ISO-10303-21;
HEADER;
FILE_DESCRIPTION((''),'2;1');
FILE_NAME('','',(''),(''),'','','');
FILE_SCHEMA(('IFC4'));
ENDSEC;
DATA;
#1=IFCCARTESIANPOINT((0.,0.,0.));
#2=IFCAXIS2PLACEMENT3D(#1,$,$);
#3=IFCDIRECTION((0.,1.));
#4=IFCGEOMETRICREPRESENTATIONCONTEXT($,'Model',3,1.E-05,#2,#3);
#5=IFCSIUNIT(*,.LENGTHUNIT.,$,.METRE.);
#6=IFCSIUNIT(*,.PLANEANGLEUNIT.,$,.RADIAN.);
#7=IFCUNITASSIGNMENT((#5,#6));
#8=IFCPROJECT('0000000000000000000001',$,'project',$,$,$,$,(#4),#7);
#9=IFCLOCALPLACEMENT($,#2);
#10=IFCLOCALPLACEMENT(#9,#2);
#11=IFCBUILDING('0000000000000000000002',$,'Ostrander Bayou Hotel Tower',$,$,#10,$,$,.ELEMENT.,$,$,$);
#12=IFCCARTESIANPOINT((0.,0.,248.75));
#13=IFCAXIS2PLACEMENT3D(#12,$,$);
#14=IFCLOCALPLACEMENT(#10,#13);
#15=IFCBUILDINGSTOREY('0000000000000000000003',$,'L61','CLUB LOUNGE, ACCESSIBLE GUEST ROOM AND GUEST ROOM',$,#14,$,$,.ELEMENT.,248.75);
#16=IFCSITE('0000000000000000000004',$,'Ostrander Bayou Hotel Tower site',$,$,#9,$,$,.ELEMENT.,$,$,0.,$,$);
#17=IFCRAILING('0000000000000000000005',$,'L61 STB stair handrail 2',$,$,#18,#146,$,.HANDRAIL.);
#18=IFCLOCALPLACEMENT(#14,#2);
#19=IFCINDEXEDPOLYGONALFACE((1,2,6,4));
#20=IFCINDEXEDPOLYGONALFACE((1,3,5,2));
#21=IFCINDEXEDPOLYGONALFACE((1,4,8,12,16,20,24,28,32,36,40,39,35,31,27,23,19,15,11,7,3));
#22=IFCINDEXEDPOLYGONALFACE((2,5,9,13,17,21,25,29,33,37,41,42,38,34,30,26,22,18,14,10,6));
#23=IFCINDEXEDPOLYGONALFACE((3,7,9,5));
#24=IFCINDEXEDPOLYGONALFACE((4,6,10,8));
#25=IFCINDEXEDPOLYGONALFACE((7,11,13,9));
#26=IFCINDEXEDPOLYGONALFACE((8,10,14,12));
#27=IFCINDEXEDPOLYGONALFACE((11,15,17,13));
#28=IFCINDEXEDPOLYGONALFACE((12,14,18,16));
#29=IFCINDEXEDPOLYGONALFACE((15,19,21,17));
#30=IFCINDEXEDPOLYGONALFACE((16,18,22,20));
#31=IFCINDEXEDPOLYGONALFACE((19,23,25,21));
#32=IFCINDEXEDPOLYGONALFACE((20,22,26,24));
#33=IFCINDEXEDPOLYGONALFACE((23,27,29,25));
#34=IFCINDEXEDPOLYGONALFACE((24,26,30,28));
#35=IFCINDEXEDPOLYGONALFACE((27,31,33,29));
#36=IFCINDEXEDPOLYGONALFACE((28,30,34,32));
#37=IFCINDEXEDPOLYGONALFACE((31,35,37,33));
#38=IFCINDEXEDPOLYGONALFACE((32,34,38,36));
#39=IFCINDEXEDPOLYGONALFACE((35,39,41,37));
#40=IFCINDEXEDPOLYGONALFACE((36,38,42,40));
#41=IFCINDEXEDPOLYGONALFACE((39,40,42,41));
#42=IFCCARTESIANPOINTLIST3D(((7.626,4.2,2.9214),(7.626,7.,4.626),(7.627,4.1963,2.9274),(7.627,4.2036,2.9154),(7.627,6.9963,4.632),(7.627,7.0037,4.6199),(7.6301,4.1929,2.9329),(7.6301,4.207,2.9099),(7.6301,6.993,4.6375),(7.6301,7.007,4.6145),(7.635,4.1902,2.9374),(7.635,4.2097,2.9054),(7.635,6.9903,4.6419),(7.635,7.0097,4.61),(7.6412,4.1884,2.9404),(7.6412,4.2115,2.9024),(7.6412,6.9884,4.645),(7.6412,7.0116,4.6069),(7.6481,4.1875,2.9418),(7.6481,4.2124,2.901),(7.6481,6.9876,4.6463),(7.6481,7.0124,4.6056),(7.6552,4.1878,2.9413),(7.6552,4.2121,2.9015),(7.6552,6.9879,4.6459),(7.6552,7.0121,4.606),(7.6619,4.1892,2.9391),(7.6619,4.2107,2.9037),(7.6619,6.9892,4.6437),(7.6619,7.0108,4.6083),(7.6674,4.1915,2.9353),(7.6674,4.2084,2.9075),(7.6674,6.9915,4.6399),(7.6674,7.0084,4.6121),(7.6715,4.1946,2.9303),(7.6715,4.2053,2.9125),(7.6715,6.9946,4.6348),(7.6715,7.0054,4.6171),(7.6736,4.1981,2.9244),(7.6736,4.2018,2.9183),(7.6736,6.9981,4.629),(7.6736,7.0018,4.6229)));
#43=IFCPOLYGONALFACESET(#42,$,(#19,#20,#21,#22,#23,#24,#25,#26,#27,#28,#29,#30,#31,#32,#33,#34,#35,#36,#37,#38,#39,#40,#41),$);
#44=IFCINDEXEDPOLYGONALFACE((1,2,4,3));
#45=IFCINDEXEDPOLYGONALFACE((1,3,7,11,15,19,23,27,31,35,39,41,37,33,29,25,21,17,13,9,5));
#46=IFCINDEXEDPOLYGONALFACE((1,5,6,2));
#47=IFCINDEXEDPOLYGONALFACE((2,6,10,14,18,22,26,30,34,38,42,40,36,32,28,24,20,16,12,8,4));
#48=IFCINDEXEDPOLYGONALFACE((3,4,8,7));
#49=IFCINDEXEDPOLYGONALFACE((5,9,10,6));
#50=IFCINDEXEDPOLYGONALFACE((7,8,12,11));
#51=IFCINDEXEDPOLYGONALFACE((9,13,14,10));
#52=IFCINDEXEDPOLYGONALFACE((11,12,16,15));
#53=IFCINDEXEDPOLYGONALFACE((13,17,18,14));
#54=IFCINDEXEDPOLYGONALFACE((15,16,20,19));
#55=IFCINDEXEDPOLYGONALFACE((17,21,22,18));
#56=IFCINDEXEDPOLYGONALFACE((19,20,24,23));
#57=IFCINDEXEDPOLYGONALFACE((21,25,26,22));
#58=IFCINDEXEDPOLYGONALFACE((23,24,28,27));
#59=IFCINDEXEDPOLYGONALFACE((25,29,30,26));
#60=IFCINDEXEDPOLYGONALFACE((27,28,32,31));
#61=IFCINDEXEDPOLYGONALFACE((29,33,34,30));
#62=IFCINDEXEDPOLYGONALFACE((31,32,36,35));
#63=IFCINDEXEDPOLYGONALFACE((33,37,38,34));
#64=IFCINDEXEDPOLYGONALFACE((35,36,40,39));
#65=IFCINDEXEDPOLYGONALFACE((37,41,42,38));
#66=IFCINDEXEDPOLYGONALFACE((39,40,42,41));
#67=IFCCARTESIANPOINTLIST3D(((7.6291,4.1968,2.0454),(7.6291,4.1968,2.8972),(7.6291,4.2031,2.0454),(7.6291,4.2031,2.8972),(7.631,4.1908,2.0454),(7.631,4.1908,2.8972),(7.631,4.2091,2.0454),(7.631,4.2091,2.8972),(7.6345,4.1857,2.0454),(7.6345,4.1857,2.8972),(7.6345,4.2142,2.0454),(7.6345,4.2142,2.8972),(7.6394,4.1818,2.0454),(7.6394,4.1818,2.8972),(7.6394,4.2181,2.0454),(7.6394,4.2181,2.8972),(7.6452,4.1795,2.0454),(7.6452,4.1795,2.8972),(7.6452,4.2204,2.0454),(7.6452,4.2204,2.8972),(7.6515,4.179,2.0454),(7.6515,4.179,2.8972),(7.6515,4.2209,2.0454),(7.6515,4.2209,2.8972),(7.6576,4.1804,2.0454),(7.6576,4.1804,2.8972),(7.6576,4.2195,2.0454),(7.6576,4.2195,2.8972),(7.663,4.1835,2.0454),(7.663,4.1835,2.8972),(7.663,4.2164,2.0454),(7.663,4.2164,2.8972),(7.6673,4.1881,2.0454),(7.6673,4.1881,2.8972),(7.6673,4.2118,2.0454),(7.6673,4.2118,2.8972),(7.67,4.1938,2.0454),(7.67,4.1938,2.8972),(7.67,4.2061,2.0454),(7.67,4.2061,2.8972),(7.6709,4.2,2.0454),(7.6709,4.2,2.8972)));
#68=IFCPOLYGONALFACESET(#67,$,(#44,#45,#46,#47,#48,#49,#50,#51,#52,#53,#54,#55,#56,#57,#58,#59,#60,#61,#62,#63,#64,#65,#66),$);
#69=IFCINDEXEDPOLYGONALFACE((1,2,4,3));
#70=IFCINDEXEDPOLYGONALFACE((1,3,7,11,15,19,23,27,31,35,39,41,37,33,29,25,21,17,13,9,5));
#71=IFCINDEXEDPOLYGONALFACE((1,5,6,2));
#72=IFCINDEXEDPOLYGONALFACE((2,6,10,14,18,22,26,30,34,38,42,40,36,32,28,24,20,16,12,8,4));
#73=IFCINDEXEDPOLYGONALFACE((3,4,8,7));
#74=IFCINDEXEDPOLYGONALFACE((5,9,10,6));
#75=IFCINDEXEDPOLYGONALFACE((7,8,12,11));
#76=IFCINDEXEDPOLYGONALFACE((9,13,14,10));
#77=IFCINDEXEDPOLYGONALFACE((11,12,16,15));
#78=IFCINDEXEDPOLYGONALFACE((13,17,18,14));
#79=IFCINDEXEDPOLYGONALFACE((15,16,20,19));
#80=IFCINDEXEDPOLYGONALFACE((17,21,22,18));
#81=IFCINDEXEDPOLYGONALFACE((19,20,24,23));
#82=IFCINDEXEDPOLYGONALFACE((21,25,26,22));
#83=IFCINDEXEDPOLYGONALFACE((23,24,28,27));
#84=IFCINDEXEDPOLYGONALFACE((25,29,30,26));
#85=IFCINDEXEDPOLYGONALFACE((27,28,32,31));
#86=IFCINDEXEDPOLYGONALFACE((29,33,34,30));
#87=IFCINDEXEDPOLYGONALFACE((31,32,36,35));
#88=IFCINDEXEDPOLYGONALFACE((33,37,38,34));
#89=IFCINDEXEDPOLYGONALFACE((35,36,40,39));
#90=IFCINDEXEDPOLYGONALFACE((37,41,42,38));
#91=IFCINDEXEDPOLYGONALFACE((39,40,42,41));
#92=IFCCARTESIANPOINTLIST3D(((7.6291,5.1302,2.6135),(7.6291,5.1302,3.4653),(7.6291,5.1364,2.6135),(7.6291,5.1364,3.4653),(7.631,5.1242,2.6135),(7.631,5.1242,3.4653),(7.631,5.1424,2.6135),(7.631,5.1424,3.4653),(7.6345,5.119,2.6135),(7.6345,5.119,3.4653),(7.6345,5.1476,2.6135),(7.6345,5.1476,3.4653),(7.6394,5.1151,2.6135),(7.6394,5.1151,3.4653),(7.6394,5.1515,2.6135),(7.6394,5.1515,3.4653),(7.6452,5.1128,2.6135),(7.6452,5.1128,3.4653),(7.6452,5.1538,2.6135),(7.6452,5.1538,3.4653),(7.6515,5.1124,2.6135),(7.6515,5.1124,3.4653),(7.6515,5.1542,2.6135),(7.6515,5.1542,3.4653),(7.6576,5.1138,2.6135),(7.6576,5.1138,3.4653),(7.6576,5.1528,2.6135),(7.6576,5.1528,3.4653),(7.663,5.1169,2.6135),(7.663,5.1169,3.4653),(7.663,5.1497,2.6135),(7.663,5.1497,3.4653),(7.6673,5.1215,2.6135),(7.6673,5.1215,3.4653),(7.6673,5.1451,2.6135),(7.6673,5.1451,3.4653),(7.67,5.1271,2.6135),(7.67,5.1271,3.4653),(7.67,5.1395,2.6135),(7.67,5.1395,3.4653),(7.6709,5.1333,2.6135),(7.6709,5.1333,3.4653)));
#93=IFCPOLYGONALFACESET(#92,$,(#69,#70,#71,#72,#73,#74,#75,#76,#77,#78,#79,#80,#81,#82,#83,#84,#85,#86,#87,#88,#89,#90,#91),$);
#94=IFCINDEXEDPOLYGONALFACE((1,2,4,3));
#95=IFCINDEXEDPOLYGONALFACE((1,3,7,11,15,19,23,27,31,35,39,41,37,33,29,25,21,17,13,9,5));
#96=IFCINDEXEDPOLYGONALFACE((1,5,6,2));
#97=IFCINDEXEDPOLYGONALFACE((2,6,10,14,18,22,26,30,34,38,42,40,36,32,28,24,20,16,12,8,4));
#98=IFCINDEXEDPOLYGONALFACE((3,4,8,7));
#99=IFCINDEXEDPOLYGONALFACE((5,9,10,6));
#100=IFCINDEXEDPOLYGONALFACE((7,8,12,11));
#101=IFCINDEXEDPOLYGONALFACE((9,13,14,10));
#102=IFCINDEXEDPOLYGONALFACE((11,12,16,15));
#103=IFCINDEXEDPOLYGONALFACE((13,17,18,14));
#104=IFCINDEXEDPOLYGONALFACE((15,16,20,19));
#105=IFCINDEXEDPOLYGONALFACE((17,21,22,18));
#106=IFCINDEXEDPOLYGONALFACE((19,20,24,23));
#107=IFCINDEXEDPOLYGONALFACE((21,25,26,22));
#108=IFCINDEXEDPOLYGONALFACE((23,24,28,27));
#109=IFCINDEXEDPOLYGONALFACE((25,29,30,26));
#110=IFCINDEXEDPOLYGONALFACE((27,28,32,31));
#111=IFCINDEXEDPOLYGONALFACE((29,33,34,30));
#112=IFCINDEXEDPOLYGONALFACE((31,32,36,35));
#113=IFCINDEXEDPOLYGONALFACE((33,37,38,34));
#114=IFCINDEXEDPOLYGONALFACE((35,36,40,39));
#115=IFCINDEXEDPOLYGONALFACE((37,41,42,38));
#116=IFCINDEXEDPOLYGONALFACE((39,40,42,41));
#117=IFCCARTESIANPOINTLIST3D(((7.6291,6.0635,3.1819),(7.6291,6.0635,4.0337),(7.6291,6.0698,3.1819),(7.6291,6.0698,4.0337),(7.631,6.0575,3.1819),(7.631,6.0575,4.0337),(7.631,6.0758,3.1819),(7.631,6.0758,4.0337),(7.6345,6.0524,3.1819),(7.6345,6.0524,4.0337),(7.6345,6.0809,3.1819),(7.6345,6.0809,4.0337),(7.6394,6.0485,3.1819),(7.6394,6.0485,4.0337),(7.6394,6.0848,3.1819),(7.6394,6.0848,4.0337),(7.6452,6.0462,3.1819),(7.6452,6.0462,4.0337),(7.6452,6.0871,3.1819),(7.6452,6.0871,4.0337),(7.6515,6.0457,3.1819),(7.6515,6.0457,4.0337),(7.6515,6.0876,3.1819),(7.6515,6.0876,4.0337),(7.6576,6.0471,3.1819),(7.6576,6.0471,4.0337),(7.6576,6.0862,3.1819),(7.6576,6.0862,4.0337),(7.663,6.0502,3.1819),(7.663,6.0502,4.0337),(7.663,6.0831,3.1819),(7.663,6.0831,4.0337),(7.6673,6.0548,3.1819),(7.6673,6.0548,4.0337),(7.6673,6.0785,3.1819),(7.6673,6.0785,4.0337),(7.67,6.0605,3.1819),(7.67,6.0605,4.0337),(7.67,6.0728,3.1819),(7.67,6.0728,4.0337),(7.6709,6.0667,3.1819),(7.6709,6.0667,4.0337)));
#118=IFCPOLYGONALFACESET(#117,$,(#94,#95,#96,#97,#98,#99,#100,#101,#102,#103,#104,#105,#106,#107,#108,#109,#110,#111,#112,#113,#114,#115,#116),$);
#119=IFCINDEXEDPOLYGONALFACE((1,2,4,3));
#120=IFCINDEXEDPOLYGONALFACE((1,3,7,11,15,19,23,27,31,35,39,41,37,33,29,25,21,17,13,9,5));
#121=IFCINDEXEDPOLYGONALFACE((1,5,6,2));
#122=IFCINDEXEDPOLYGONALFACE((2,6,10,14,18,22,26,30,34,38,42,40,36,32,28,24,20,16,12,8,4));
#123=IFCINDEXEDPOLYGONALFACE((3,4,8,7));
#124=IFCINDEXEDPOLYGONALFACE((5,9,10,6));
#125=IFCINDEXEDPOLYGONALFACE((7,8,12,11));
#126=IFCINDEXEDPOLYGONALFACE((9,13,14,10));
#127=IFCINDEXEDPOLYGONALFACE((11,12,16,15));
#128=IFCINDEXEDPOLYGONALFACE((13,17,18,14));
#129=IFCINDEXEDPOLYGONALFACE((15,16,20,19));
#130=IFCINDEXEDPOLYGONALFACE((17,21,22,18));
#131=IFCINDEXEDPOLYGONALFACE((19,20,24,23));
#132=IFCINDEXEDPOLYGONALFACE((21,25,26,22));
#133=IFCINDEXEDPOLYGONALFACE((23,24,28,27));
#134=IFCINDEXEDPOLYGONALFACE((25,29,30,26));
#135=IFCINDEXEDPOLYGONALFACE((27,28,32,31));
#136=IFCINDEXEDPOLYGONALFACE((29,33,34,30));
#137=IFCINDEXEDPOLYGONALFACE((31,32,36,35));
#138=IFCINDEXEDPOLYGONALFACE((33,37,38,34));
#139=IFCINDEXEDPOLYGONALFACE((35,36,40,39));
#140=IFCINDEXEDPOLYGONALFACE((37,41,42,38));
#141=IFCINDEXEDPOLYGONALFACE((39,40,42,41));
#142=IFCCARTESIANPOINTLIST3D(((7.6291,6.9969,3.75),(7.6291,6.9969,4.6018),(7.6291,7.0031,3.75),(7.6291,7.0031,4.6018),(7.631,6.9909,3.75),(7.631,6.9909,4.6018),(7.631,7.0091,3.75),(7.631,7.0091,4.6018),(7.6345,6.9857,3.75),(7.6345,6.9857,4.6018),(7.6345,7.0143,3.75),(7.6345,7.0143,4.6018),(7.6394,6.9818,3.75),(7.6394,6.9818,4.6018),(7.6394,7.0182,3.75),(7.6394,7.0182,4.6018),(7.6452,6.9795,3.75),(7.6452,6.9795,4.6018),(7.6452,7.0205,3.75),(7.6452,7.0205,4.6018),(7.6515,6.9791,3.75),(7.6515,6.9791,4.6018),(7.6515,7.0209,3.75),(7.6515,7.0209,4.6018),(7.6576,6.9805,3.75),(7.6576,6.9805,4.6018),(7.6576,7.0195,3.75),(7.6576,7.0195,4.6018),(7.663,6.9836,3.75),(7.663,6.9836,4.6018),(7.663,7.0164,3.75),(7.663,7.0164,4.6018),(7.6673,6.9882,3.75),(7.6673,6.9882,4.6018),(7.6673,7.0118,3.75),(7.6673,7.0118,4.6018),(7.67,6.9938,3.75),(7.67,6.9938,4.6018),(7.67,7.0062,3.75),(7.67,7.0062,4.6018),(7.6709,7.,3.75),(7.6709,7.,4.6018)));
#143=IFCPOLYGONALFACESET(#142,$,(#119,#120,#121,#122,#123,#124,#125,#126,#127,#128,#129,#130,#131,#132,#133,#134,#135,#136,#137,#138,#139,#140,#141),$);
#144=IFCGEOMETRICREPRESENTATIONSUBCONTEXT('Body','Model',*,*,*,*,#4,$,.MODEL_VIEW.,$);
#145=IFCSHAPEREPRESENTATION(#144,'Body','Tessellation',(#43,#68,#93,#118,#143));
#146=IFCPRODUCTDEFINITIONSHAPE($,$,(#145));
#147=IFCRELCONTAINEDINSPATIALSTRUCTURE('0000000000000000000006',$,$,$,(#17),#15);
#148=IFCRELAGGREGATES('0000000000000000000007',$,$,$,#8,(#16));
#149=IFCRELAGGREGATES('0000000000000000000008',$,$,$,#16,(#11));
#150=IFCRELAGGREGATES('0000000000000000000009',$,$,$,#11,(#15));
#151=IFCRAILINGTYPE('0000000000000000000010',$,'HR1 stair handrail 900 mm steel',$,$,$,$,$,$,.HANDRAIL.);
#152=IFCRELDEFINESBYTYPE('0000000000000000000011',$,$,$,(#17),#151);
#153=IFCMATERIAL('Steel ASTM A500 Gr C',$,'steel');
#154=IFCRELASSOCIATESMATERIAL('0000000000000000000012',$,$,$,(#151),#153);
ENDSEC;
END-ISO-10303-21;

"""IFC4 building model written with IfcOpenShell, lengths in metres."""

from ifc_helpers import new_model, si_unit, direction, frame, origin, origin_2d, place, context, subcontext, project, spatial, circle, extrude, material, type_object, element, save


model = new_model("IFC4")

# Units and contexts
model_context = context("Model", 3, precision=1e-05, world=origin(), true_north=direction((0.0, 1.0)))
body_context = subcontext(model_context, "Body", "Model", "MODEL_VIEW")
ifc_project = project(units=[si_unit("LENGTHUNIT", "METRE"), si_unit("PLANEANGLEUNIT", "RADIAN")], contexts=[model_context])

# Site, building, storey
site_placement = place(None, origin())
site = spatial("IfcSite", under=ifc_project, at=site_placement, Name="Ostrander Bayou Hotel Tower site", CompositionType="ELEMENT", RefElevation=0.0)
building_placement = place(site_placement, origin())
building = spatial("IfcBuilding", under=site, at=building_placement, Name="Ostrander Bayou Hotel Tower", CompositionType="ELEMENT")
storey_placement = place(building_placement, frame((0.0, 0.0, 248.75)))
storey = spatial("IfcBuildingStorey", under=building, at=storey_placement, Name="L61", Description="CLUB LOUNGE, ACCESSIBLE GUEST ROOM AND GUEST ROOM", CompositionType="ELEMENT", Elevation=248.75)

# Railing
ifc_material_1 = material(Name="Steel ASTM A500 Gr C", Category="steel")
railing_type_1 = type_object("IfcRailingType", Name="HR1 stair handrail 900 mm steel", PredefinedType="HANDRAIL", material=ifc_material_1)
railing_1_placement = place(storey_placement, frame((7.6499, 4.2, 2.0454)))
element("IfcRailing", 1, at=railing_1_placement, inside=storey, type_object=railing_type_1, Name="L61 STB stair handrail 2", PredefinedType="HANDRAIL", context=body_context, shape_type="SweptSolid", body=[
    extrude(circle(Radius=0.0239, at=origin_2d()), frame((0.0, 0.0, 0.876), z_axis=(0.0, 0.85417, 0.519994), x_axis=(-1.0, 0.0, 0.0)), (0.0, 0.0, 1.0), 3.2781),
    extrude(circle(Radius=0.021, at=origin_2d()), origin(), (0.0, 0.0, 1.0), 0.8518),
    extrude(circle(Radius=0.021, at=origin_2d()), frame((0.0, 0.9333, 0.5681)), (0.0, 0.0, 1.0), 0.8518),
    extrude(circle(Radius=0.021, at=origin_2d()), frame((0.0, 1.8667, 1.1365)), (0.0, 0.0, 1.0), 0.8518),
    extrude(circle(Radius=0.021, at=origin_2d()), frame((0.0, 2.8, 1.7046)), (0.0, 0.0, 1.0), 0.8518),
])

save(model, "model.ifc")
